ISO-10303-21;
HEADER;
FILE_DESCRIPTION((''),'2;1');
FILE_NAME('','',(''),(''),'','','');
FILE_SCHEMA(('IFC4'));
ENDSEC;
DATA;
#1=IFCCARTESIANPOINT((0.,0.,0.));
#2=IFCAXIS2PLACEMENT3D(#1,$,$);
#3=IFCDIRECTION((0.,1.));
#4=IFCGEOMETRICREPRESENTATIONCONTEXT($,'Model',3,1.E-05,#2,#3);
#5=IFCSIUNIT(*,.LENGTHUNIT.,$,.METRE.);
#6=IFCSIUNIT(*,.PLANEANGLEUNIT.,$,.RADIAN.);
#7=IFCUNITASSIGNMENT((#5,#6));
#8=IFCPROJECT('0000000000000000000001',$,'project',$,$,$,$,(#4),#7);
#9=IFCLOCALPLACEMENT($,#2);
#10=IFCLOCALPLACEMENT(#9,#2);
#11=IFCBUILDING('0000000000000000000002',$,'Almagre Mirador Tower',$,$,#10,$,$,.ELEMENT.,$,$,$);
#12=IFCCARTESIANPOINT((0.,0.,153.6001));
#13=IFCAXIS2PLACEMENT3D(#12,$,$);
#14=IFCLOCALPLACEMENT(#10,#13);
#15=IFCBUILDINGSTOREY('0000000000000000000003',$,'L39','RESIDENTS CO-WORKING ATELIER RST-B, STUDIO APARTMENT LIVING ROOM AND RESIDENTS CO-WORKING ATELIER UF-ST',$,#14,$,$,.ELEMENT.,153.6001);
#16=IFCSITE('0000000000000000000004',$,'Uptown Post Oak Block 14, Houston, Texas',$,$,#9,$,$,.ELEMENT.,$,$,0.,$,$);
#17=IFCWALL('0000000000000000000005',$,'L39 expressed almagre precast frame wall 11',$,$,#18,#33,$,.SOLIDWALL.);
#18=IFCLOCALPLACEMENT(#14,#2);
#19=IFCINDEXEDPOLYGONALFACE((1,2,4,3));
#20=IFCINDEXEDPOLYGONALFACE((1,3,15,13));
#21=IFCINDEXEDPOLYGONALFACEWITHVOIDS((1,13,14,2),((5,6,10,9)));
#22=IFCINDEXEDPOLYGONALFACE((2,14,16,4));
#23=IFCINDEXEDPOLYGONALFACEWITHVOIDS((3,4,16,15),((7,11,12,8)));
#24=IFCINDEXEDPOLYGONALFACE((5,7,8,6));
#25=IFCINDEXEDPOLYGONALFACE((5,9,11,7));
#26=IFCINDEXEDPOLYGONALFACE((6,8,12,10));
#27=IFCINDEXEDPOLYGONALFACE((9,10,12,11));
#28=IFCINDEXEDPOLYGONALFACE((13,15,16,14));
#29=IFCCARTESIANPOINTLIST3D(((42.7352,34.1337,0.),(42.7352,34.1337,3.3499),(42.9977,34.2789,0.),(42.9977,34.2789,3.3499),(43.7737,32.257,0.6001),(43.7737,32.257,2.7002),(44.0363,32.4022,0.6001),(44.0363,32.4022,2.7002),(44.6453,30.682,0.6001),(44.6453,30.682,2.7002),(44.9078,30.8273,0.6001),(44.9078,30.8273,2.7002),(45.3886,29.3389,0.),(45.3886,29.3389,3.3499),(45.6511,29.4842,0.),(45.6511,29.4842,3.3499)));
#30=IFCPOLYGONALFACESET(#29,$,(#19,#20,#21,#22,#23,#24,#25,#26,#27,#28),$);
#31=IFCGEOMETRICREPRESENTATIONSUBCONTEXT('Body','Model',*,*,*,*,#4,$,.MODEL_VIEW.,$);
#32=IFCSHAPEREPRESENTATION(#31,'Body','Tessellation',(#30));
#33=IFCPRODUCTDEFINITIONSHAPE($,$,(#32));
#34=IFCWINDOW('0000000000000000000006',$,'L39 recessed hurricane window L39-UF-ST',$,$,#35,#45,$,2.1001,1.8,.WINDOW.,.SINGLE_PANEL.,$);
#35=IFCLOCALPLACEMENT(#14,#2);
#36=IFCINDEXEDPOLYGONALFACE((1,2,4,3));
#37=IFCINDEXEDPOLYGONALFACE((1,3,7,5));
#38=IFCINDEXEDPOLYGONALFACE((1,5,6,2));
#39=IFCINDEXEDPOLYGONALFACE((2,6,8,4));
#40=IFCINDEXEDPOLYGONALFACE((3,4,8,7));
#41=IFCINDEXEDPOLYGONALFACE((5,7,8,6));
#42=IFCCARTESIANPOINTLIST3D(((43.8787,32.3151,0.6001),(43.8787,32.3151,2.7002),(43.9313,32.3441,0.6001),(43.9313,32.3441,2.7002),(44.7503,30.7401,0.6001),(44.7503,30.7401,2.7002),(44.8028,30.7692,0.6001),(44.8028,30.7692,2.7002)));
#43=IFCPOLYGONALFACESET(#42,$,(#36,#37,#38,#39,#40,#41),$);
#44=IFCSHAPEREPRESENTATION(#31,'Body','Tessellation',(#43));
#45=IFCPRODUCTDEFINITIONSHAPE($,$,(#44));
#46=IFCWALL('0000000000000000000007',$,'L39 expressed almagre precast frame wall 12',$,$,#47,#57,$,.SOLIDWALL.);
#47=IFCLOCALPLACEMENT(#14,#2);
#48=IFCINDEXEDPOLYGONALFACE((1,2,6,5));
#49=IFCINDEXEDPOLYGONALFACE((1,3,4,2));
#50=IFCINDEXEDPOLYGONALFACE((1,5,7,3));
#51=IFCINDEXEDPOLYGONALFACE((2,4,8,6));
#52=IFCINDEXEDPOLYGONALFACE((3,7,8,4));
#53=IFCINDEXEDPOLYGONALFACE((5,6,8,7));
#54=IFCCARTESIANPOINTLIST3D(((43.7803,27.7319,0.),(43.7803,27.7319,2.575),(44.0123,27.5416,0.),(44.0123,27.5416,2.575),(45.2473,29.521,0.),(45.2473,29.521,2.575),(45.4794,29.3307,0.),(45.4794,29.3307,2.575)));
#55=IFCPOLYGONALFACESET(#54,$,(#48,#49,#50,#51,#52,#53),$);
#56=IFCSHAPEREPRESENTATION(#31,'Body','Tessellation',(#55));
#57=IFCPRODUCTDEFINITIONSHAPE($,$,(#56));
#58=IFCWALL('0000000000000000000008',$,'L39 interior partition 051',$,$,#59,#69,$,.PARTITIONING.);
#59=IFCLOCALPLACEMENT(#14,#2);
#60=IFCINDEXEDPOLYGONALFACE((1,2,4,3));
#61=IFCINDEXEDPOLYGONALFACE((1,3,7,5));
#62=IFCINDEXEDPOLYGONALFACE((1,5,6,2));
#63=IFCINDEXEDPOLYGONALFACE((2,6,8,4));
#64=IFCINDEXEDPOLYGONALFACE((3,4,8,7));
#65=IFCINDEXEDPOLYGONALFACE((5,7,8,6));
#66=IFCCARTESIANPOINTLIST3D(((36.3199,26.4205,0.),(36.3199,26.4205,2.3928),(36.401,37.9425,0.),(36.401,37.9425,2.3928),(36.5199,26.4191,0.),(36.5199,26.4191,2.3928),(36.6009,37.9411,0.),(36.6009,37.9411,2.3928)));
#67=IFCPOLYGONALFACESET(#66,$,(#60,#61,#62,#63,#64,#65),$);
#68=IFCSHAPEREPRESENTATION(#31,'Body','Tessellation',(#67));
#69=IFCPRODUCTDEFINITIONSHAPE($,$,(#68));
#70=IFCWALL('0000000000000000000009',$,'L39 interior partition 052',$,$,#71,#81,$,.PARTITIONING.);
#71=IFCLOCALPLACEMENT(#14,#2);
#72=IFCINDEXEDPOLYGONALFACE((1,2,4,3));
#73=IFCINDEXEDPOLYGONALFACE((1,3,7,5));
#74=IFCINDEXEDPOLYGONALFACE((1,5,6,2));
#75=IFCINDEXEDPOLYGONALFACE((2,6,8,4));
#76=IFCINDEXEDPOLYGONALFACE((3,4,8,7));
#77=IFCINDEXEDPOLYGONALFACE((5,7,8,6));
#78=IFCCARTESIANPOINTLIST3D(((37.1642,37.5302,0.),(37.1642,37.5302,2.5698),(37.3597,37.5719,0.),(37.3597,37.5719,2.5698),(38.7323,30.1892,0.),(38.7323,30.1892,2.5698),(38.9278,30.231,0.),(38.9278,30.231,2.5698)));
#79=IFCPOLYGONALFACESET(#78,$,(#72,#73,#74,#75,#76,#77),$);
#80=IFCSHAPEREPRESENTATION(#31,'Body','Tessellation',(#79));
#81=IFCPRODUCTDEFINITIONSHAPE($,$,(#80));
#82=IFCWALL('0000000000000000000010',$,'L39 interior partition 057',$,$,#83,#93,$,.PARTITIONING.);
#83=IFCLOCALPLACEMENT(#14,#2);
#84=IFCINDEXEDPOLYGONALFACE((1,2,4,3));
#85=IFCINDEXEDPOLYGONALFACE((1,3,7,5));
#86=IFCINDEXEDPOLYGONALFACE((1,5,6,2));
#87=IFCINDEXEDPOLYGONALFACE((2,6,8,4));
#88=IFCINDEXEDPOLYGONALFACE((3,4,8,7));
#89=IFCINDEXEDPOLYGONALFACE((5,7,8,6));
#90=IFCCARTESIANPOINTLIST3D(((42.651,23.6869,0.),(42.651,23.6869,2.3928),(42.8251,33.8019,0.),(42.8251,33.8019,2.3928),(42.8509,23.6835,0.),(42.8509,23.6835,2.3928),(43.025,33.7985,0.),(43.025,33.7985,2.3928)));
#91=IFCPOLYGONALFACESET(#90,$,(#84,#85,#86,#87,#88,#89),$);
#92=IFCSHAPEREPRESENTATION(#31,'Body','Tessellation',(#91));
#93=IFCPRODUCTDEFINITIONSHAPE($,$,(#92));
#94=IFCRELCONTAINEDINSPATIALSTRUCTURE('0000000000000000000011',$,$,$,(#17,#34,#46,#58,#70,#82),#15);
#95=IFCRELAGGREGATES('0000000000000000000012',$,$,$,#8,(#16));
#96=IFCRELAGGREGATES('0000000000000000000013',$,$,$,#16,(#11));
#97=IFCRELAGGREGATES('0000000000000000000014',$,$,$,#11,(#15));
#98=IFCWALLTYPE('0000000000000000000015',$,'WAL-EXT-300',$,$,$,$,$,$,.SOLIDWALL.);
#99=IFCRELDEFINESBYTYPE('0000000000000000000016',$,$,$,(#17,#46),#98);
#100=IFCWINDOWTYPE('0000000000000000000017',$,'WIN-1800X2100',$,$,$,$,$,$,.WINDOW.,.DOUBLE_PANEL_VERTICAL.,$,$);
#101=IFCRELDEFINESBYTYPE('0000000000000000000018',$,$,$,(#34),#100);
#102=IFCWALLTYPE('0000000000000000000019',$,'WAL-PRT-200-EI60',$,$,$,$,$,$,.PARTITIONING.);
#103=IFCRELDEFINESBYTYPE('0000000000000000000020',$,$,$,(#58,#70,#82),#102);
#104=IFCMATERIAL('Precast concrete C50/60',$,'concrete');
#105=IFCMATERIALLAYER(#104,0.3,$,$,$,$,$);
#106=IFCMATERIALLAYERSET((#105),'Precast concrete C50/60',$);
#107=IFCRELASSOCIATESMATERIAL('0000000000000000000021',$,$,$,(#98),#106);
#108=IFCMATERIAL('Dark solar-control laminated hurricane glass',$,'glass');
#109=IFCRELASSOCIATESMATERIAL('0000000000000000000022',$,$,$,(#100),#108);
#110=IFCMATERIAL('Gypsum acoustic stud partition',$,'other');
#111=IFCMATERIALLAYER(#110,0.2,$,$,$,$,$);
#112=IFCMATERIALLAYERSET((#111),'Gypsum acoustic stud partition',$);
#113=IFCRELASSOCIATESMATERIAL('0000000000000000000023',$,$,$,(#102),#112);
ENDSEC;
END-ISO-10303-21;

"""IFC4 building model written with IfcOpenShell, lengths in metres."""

from ifc_helpers import new_model, si_unit, direction, frame, frame_2d, origin, place, context, subcontext, project, spatial, rectangle, extrude, material, layer, layer_set, type_object, element, fill, save


model = new_model("IFC4")

# Units and contexts
model_context = context("Model", 3, precision=1e-05, world=origin(), true_north=direction((0.0, 1.0)))
body_context = subcontext(model_context, "Body", "Model", "MODEL_VIEW")
ifc_project = project(units=[si_unit("LENGTHUNIT", "METRE"), si_unit("PLANEANGLEUNIT", "RADIAN")], contexts=[model_context])

# Site, building, storey
site_placement = place(None, origin())
site = spatial("IfcSite", under=ifc_project, at=site_placement, Name="Uptown Post Oak Block 14, Houston, Texas", CompositionType="ELEMENT", RefElevation=0.0)
building_placement = place(site_placement, origin())
building = spatial("IfcBuilding", under=site, at=building_placement, Name="Almagre Mirador Tower", CompositionType="ELEMENT")
storey_placement = place(building_placement, frame((0.0, 0.0, 153.6001)))
storey = spatial("IfcBuildingStorey", under=building, at=storey_placement, Name="L39", Description="RESIDENTS CO-WORKING ATELIER RST-B, STUDIO APARTMENT LIVING ROOM AND RESIDENTS CO-WORKING ATELIER UF-ST", CompositionType="ELEMENT", Elevation=153.6001)

# Shared definitions
ifc_material_1 = material(Name="Precast concrete C50/60", Category="concrete")
ifc_layer_1 = layer(ifc_material_1, 0.3)
ifc_layer_set_1 = layer_set([ifc_layer_1], Name="Precast concrete C50/60")
wall_type_1 = type_object("IfcWallType", Name="WAL-EXT-300", PredefinedType="SOLIDWALL", material=ifc_layer_set_1)

# Wall, opening, window
wall_1_placement = place(storey_placement, frame((42.8665, 34.2063, 0.0), z_axis=(0.0, 0.0, 1.0), x_axis=(0.484193, -0.874961, 0.0)))
wall_1 = element("IfcWall", 1, at=wall_1_placement, inside=storey, type_object=wall_type_1, Name="L39 expressed almagre precast frame wall 11", PredefinedType="SOLIDWALL", context=body_context, shape_type="SweptSolid", body=[
    extrude(rectangle(XDim=5.48, YDim=0.3, at=frame_2d((2.74, 0.0))), origin(), (0.0, 0.0, 1.0), 3.3499),
])
opening_1_placement = place(wall_1_placement, frame((2.145, 0.0, 0.6001)))
opening_1 = element("IfcOpeningElement", 2, at=opening_1_placement, cuts=wall_1, PredefinedType="OPENING", context=body_context, shape_type="SweptSolid", body=[
    extrude(rectangle(XDim=1.8, YDim=2.1001, at=frame_2d((0.8999, 1.05))), frame((0.0, 0.1599, 0.0), z_axis=(0.0, -1.0, 0.0), x_axis=(1.0, 0.0, 0.0)), (0.0, 0.0, 1.0), 0.32),
])
ifc_material_2 = material(Name="Dark solar-control laminated hurricane glass", Category="glass")
window_type_1 = type_object("IfcWindowType", Name="WIN-1800X2100", PartitioningType="DOUBLE_PANEL_VERTICAL", PredefinedType="WINDOW", material=ifc_material_2)
window_1_placement = place(opening_1_placement, origin())
window_1 = element("IfcWindow", 3, at=window_1_placement, inside=storey, type_object=window_type_1, Name="L39 recessed hurricane window L39-UF-ST", OverallHeight=2.1001, OverallWidth=1.8, PartitioningType="SINGLE_PANEL", PredefinedType="WINDOW", context=body_context, shape_type="SweptSolid", body=[
    extrude(rectangle(XDim=1.8, YDim=2.1001, at=frame_2d((0.8999, 1.05))), frame((0.0, 0.03, 0.0), z_axis=(0.0, -1.0, 0.0), x_axis=(1.0, 0.0, 0.0)), (0.0, 0.0, 1.0), 0.0601),
])
fill(opening_1, window_1)

# Walls
wall_2_placement = place(storey_placement, frame((45.3633, 29.4258, 0.0), z_axis=(0.0, 0.0, 1.0), x_axis=(-0.634082, -0.773266, 0.0)))
element("IfcWall", 4, at=wall_2_placement, inside=storey, type_object=wall_type_1, Name="L39 expressed almagre precast frame wall 12", PredefinedType="SOLIDWALL", context=body_context, shape_type="SweptSolid", body=[
    extrude(rectangle(XDim=2.3137, YDim=0.3, at=frame_2d((1.1567, 0.0))), origin(), (0.0, 0.0, 1.0), 2.575),
])
ifc_material_3 = material(Name="Gypsum acoustic stud partition", Category="other")
ifc_layer_2 = layer(ifc_material_3, 0.2)
ifc_layer_set_2 = layer_set([ifc_layer_2], Name="Gypsum acoustic stud partition")
wall_type_2 = type_object("IfcWallType", Name="WAL-PRT-200-EI60", PredefinedType="PARTITIONING", material=ifc_layer_set_2)
wall_3_placement = place(storey_placement, frame((36.501, 37.9419, 0.0), z_axis=(0.0, 0.0, 1.0), x_axis=(-0.007035, -0.999975, 0.0)))
element("IfcWall", 5, at=wall_3_placement, inside=storey, type_object=wall_type_2, Name="L39 interior partition 051", PredefinedType="PARTITIONING", context=body_context, shape_type="SweptSolid", body=[
    extrude(rectangle(XDim=11.5222, YDim=0.2, at=frame_2d((5.7612, 0.0))), origin(), (0.0, 0.0, 1.0), 2.3928),
])
wall_4_placement = place(storey_placement, frame((38.8301, 30.21, 0.0), z_axis=(0.0, 0.0, 1.0), x_axis=(-0.208896, 0.977938, 0.0)))
element("IfcWall", 6, at=wall_4_placement, inside=storey, type_object=wall_type_2, Name="L39 interior partition 052", PredefinedType="PARTITIONING", context=body_context, shape_type="SweptSolid", body=[
    extrude(rectangle(XDim=7.5066, YDim=0.2, at=frame_2d((3.7534, 0.0))), origin(), (0.0, 0.0, 1.0), 2.5698),
])
wall_5_placement = place(storey_placement, frame((42.925, 33.8, 0.0), z_axis=(0.0, 0.0, 1.0), x_axis=(-0.017207, -0.999852, 0.0)))
element("IfcWall", 7, at=wall_5_placement, inside=storey, type_object=wall_type_2, Name="L39 interior partition 057", PredefinedType="PARTITIONING", context=body_context, shape_type="SweptSolid", body=[
    extrude(rectangle(XDim=10.1165, YDim=0.2, at=frame_2d((5.0581, 0.0))), origin(), (0.0, 0.0, 1.0), 2.3928),
])

save(model, "model.ifc")
